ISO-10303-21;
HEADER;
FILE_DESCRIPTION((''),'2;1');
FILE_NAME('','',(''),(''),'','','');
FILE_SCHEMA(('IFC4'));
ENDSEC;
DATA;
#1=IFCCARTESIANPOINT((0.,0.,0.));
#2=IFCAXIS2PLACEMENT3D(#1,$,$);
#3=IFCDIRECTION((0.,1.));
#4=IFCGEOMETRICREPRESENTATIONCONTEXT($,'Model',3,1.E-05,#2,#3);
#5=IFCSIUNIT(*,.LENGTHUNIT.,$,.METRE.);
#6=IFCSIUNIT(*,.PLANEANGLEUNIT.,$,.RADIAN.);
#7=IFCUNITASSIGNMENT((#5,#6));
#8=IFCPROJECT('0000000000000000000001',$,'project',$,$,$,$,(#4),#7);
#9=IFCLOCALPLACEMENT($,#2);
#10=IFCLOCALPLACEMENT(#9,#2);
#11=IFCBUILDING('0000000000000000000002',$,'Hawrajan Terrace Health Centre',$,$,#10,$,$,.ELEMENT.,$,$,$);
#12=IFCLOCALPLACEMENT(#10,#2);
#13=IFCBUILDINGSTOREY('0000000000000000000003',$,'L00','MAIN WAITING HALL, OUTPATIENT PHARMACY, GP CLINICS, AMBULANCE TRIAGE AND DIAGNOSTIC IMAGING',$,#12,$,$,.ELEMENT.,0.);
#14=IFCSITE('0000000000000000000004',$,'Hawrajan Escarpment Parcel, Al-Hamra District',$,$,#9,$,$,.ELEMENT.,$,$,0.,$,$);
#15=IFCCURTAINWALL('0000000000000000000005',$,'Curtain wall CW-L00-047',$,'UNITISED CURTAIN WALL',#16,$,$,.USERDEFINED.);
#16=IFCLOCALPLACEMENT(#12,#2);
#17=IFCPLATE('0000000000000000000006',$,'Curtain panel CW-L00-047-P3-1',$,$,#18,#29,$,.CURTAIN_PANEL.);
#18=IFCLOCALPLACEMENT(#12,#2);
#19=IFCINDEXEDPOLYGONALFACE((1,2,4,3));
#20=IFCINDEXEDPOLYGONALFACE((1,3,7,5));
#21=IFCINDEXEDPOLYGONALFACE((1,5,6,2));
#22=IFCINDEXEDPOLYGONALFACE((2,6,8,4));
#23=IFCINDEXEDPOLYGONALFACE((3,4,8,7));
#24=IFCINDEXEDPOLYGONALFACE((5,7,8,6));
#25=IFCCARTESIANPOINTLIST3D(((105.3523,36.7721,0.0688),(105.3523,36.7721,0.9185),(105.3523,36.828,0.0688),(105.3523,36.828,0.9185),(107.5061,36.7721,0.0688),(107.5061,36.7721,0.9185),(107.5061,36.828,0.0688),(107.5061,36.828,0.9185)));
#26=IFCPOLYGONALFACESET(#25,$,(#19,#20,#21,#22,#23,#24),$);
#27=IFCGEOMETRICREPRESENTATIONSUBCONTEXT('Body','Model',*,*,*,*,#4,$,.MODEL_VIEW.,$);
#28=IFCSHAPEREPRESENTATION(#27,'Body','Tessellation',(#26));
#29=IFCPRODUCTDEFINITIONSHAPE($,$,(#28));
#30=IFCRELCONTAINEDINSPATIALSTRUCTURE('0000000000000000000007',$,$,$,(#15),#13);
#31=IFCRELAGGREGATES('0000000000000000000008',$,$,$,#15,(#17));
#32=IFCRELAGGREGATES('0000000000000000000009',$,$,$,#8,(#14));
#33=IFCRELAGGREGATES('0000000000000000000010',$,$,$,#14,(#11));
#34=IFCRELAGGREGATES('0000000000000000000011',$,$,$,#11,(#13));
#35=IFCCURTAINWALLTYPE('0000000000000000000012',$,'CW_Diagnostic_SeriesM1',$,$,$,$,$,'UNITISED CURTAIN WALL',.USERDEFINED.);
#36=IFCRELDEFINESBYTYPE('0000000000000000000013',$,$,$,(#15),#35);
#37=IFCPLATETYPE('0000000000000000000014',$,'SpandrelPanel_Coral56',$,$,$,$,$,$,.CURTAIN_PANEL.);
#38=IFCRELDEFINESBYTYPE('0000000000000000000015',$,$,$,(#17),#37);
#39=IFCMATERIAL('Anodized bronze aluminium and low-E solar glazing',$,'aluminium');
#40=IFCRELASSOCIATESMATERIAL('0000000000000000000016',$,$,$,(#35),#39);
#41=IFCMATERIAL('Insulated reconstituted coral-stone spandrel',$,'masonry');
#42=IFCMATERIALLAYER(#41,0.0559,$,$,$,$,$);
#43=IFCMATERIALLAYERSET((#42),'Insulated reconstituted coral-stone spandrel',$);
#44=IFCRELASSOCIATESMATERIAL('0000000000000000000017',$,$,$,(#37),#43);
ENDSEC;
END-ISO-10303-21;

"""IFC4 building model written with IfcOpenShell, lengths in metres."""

from ifc_helpers import new_model, si_unit, direction, frame, origin, origin_2d, place, context, subcontext, project, spatial, rectangle, extrude, material, layer, layer_set, type_object, element, aggregate, save


model = new_model("IFC4")

# Units and contexts
model_context = context("Model", 3, precision=1e-05, world=origin(), true_north=direction((0.0, 1.0)))
body_context = subcontext(model_context, "Body", "Model", "MODEL_VIEW")
ifc_project = project(units=[si_unit("LENGTHUNIT", "METRE"), si_unit("PLANEANGLEUNIT", "RADIAN")], contexts=[model_context])

# Site, building, storey
site_placement = place(None, origin())
site = spatial("IfcSite", under=ifc_project, at=site_placement, Name="Hawrajan Escarpment Parcel, Al-Hamra District", CompositionType="ELEMENT", RefElevation=0.0)
building_placement = place(site_placement, origin())
building = spatial("IfcBuilding", under=site, at=building_placement, Name="Hawrajan Terrace Health Centre", CompositionType="ELEMENT")
storey_placement = place(building_placement, origin())
storey = spatial("IfcBuildingStorey", under=building, at=storey_placement, Name="L00", Description="MAIN WAITING HALL, OUTPATIENT PHARMACY, GP CLINICS, AMBULANCE TRIAGE AND DIAGNOSTIC IMAGING", CompositionType="ELEMENT", Elevation=0.0)

# Shared definitions
ifc_material_1 = material(Name="Anodized bronze aluminium and low-E solar glazing", Category="aluminium")

# Curtain wall, plate
curtain_wall_type_1 = type_object("IfcCurtainWallType", Name="CW_Diagnostic_SeriesM1", ElementType="UNITISED CURTAIN WALL", PredefinedType="USERDEFINED", material=ifc_material_1)
curtain_wall_1_placement = place(storey_placement, origin())
curtain_wall_1 = element("IfcCurtainWall", 1, at=curtain_wall_1_placement, inside=storey, type_object=curtain_wall_type_1, Name="Curtain wall CW-L00-047", ObjectType="UNITISED CURTAIN WALL", PredefinedType="USERDEFINED")
ifc_material_2 = material(Name="Insulated reconstituted coral-stone spandrel", Category="masonry")
ifc_layer_1 = layer(ifc_material_2, 0.0559)
ifc_layer_set_1 = layer_set([ifc_layer_1], Name="Insulated reconstituted coral-stone spandrel")
plate_type_1 = type_object("IfcPlateType", Name="SpandrelPanel_Coral56", PredefinedType="CURTAIN_PANEL", material=ifc_layer_set_1)
plate_1_placement = place(storey_placement, frame((106.4292, 36.8, 0.0688), z_axis=(0.0, 0.0, 1.0), x_axis=(1.0, 0.0, 0.0)))
plate_1 = element("IfcPlate", 2, at=plate_1_placement, type_object=plate_type_1, Name="Curtain panel CW-L00-047-P3-1", PredefinedType="CURTAIN_PANEL", context=body_context, shape_type="SweptSolid", body=[
    extrude(rectangle(XDim=2.1538, YDim=0.0559, at=origin_2d()), origin(), (0.0, 0.0, 1.0), 0.8496),
])
aggregate(curtain_wall_1, [plate_1])

save(model, "model.ifc")
